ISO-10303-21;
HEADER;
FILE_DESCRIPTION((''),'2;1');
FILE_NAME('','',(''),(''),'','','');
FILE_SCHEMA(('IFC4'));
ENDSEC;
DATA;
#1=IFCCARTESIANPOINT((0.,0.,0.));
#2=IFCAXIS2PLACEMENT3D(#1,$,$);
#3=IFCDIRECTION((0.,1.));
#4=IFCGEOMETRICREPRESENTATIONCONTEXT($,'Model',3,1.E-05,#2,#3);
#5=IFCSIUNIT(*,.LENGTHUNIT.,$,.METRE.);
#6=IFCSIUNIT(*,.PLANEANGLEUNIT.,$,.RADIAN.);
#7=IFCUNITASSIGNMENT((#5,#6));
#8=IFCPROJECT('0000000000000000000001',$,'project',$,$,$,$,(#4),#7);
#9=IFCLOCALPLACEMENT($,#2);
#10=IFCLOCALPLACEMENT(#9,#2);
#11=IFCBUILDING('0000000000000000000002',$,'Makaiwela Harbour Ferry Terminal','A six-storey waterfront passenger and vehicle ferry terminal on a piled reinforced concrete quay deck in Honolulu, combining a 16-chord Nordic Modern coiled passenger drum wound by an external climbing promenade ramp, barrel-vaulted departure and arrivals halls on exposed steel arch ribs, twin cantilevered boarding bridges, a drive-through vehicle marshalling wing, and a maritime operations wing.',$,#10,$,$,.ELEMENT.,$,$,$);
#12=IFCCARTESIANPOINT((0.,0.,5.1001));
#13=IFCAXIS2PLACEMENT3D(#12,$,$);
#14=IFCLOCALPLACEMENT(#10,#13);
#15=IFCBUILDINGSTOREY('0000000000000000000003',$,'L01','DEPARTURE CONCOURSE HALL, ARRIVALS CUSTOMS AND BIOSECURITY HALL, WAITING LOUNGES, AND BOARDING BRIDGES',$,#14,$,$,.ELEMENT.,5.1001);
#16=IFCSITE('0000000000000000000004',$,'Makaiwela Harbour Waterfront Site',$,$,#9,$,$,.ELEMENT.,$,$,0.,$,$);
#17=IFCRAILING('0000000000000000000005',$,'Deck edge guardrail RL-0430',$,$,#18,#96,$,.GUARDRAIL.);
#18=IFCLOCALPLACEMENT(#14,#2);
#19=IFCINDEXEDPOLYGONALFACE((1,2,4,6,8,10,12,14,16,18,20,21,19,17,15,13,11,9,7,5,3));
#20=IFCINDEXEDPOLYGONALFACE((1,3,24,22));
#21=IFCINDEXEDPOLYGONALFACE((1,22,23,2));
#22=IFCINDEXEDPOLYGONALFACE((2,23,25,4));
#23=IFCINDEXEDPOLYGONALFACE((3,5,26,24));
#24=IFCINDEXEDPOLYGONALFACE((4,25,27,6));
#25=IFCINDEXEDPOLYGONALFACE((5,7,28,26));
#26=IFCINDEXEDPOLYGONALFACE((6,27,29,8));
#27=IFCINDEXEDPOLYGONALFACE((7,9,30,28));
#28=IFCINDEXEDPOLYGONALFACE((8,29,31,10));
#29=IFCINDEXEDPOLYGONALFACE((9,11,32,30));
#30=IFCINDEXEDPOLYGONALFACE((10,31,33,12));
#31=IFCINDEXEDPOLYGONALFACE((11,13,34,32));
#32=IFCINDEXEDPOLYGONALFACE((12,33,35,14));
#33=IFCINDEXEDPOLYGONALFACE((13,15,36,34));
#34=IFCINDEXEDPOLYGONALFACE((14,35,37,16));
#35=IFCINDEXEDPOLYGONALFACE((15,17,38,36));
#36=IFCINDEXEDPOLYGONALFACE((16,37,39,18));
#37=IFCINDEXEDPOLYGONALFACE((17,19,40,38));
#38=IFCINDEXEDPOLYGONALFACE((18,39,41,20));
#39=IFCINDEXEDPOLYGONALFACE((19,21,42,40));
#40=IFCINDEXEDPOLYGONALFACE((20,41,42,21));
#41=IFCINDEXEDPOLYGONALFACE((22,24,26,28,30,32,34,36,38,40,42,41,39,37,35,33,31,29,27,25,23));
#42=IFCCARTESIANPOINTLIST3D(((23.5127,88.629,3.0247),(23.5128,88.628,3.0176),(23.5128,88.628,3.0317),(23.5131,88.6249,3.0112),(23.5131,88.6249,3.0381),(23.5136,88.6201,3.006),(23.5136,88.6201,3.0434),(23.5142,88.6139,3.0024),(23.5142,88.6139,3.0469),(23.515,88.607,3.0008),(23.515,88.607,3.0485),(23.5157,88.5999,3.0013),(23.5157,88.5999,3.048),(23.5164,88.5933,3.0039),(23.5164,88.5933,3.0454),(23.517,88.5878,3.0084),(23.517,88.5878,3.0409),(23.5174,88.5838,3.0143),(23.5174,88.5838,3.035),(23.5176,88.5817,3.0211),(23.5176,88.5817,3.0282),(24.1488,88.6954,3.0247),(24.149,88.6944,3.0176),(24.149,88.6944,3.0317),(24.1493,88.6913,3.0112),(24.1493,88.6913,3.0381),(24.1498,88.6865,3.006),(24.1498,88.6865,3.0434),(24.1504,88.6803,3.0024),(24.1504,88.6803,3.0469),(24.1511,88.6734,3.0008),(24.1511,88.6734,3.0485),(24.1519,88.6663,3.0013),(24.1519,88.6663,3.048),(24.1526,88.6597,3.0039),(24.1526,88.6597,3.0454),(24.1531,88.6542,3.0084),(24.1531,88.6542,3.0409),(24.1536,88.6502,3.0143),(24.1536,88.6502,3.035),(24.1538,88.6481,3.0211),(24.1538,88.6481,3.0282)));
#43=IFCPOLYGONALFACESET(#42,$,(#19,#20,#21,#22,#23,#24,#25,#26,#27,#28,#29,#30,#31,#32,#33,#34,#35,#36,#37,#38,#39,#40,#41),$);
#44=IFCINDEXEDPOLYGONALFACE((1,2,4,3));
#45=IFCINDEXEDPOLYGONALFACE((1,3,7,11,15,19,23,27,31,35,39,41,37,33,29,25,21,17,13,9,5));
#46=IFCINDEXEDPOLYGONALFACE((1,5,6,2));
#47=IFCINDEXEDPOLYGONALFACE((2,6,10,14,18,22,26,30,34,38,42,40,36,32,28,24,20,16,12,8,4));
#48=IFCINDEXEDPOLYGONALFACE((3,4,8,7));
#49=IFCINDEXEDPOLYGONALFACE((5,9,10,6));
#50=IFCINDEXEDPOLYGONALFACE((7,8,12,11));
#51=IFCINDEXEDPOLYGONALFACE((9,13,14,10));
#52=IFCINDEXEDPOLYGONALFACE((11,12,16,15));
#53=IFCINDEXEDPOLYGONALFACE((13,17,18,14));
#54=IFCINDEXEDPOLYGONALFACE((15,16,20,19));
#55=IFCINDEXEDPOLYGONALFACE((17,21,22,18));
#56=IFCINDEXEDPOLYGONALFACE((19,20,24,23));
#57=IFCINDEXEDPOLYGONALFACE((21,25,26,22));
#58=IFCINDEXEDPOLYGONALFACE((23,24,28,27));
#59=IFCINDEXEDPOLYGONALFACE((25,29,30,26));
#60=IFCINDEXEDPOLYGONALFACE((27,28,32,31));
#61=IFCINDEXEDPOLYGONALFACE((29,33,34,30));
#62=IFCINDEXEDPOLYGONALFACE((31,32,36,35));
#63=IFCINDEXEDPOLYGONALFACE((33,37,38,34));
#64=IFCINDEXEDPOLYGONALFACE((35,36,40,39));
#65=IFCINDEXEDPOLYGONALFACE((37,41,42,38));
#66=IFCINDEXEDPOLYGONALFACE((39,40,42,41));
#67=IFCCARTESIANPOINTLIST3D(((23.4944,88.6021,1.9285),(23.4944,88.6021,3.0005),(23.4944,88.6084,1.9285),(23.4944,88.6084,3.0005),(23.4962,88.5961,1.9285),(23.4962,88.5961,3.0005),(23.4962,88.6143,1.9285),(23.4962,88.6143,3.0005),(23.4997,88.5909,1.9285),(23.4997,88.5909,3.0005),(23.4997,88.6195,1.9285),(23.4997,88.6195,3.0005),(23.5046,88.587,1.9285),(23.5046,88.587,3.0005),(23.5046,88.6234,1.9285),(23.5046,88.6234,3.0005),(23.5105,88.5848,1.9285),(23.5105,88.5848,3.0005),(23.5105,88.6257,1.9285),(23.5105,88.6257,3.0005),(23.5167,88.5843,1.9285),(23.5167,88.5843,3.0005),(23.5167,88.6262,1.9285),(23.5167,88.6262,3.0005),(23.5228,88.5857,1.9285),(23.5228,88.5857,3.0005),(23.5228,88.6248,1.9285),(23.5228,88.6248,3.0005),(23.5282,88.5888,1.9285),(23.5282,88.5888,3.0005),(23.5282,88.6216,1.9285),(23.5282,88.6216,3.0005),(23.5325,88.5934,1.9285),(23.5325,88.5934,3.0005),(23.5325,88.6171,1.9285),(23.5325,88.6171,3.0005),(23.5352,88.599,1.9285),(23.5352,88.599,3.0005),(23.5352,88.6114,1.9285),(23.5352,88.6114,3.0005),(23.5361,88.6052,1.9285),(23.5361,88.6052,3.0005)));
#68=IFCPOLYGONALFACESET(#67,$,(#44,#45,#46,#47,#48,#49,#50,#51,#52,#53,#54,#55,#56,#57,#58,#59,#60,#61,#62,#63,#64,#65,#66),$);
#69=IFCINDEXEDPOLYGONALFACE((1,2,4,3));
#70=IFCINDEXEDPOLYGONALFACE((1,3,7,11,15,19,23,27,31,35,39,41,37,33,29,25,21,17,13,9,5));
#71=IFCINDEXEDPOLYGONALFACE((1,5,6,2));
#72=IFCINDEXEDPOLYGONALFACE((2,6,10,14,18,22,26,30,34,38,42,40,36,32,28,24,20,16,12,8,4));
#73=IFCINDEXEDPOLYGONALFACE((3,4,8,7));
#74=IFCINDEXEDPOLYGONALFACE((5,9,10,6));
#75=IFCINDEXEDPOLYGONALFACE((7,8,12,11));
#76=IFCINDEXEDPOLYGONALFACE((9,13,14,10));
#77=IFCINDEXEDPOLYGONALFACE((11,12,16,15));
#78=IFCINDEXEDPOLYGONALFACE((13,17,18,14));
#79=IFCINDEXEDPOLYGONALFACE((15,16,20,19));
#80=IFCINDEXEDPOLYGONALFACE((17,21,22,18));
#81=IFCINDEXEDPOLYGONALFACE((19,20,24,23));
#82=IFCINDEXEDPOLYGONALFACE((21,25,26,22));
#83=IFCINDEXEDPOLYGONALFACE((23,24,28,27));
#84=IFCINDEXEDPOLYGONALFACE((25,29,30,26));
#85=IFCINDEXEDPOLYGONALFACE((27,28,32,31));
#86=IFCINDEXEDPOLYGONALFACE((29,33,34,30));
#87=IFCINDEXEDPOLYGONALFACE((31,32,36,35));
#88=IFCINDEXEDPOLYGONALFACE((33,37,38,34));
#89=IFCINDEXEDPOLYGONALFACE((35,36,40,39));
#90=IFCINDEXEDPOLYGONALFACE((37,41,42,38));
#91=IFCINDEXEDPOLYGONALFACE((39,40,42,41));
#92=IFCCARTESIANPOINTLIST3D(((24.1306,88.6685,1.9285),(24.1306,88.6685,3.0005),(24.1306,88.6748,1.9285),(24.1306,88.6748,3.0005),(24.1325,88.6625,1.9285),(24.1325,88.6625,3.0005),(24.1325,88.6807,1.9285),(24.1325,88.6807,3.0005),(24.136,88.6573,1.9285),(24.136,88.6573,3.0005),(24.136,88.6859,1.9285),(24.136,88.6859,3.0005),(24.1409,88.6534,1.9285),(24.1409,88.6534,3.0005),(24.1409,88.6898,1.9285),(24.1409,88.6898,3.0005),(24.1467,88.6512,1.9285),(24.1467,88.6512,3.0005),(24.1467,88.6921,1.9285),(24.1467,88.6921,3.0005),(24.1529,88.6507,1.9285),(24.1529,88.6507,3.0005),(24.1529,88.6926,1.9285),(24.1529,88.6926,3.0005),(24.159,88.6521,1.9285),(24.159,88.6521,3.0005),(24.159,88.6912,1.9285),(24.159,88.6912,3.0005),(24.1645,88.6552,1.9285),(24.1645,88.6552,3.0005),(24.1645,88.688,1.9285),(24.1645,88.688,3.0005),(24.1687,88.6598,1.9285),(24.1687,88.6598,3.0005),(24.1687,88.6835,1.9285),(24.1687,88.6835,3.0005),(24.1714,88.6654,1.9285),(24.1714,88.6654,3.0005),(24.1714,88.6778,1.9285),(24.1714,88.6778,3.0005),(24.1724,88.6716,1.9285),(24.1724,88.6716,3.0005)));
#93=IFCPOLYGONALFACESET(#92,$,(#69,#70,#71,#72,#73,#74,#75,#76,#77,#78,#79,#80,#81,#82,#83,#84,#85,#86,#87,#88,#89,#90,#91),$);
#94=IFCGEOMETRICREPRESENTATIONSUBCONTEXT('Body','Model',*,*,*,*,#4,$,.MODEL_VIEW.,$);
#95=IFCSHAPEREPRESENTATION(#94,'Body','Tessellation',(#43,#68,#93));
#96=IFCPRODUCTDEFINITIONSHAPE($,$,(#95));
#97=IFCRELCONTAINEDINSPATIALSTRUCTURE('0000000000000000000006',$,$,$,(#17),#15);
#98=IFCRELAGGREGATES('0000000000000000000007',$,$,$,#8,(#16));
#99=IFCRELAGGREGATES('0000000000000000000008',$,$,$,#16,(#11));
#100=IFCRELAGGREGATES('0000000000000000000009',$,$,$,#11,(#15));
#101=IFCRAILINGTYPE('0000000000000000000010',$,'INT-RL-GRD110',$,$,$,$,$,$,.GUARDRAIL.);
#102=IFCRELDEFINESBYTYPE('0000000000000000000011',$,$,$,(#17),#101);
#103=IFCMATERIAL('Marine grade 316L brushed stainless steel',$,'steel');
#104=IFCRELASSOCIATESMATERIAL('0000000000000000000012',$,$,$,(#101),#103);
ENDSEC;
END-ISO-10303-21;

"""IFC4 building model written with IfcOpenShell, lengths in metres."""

from ifc_helpers import new_model, si_unit, direction, frame, origin, origin_2d, place, context, subcontext, project, spatial, circle, extrude, material, type_object, element, save


model = new_model("IFC4")

# Units and contexts
model_context = context("Model", 3, precision=1e-05, world=origin(), true_north=direction((0.0, 1.0)))
body_context = subcontext(model_context, "Body", "Model", "MODEL_VIEW")
ifc_project = project(units=[si_unit("LENGTHUNIT", "METRE"), si_unit("PLANEANGLEUNIT", "RADIAN")], contexts=[model_context])

# Site, building, storey
site_placement = place(None, origin())
site = spatial("IfcSite", under=ifc_project, at=site_placement, Name="Makaiwela Harbour Waterfront Site", CompositionType="ELEMENT", RefElevation=0.0)
building_placement = place(site_placement, origin())
building = spatial("IfcBuilding", under=site, at=building_placement, Name="Makaiwela Harbour Ferry Terminal", Description="A six-storey waterfront passenger and vehicle ferry terminal on a piled reinforced concrete quay deck in Honolulu, combining a 16-chord Nordic Modern coiled passenger drum wound by an external climbing promenade ramp, barrel-vaulted departure and arrivals halls on exposed steel arch ribs, twin cantilevered boarding bridges, a drive-through vehicle marshalling wing, and a maritime operations wing.", CompositionType="ELEMENT")
storey_placement = place(building_placement, frame((0.0, 0.0, 5.1001)))
storey = spatial("IfcBuildingStorey", under=building, at=storey_placement, Name="L01", Description="DEPARTURE CONCOURSE HALL, ARRIVALS CUSTOMS AND BIOSECURITY HALL, WAITING LOUNGES, AND BOARDING BRIDGES", CompositionType="ELEMENT", Elevation=5.1001)

# Railing
ifc_material_1 = material(Name="Marine grade 316L brushed stainless steel", Category="steel")
railing_type_1 = type_object("IfcRailingType", Name="INT-RL-GRD110", PredefinedType="GUARDRAIL", material=ifc_material_1)
railing_1_placement = place(storey_placement, frame((23.5151, 88.6052, 1.9285)))
element("IfcRailing", 1, at=railing_1_placement, inside=storey, type_object=railing_type_1, Name="Deck edge guardrail RL-0430", PredefinedType="GUARDRAIL", context=body_context, shape_type="SweptSolid", body=[
    extrude(circle(Radius=0.0239, at=origin_2d()), frame((0.0, 0.0, 1.0962), z_axis=(0.994597, 0.103811, 0.0), x_axis=(-0.103811, 0.994597, 0.0)), (0.0, 0.0, 1.0), 0.6396),
    extrude(circle(Radius=0.021, at=origin_2d()), origin(), (0.0, 0.0, 1.0), 1.072),
    extrude(circle(Radius=0.021, at=origin_2d()), frame((0.6362, 0.0664, 0.0)), (0.0, 0.0, 1.0), 1.072),
])

save(model, "model.ifc")
